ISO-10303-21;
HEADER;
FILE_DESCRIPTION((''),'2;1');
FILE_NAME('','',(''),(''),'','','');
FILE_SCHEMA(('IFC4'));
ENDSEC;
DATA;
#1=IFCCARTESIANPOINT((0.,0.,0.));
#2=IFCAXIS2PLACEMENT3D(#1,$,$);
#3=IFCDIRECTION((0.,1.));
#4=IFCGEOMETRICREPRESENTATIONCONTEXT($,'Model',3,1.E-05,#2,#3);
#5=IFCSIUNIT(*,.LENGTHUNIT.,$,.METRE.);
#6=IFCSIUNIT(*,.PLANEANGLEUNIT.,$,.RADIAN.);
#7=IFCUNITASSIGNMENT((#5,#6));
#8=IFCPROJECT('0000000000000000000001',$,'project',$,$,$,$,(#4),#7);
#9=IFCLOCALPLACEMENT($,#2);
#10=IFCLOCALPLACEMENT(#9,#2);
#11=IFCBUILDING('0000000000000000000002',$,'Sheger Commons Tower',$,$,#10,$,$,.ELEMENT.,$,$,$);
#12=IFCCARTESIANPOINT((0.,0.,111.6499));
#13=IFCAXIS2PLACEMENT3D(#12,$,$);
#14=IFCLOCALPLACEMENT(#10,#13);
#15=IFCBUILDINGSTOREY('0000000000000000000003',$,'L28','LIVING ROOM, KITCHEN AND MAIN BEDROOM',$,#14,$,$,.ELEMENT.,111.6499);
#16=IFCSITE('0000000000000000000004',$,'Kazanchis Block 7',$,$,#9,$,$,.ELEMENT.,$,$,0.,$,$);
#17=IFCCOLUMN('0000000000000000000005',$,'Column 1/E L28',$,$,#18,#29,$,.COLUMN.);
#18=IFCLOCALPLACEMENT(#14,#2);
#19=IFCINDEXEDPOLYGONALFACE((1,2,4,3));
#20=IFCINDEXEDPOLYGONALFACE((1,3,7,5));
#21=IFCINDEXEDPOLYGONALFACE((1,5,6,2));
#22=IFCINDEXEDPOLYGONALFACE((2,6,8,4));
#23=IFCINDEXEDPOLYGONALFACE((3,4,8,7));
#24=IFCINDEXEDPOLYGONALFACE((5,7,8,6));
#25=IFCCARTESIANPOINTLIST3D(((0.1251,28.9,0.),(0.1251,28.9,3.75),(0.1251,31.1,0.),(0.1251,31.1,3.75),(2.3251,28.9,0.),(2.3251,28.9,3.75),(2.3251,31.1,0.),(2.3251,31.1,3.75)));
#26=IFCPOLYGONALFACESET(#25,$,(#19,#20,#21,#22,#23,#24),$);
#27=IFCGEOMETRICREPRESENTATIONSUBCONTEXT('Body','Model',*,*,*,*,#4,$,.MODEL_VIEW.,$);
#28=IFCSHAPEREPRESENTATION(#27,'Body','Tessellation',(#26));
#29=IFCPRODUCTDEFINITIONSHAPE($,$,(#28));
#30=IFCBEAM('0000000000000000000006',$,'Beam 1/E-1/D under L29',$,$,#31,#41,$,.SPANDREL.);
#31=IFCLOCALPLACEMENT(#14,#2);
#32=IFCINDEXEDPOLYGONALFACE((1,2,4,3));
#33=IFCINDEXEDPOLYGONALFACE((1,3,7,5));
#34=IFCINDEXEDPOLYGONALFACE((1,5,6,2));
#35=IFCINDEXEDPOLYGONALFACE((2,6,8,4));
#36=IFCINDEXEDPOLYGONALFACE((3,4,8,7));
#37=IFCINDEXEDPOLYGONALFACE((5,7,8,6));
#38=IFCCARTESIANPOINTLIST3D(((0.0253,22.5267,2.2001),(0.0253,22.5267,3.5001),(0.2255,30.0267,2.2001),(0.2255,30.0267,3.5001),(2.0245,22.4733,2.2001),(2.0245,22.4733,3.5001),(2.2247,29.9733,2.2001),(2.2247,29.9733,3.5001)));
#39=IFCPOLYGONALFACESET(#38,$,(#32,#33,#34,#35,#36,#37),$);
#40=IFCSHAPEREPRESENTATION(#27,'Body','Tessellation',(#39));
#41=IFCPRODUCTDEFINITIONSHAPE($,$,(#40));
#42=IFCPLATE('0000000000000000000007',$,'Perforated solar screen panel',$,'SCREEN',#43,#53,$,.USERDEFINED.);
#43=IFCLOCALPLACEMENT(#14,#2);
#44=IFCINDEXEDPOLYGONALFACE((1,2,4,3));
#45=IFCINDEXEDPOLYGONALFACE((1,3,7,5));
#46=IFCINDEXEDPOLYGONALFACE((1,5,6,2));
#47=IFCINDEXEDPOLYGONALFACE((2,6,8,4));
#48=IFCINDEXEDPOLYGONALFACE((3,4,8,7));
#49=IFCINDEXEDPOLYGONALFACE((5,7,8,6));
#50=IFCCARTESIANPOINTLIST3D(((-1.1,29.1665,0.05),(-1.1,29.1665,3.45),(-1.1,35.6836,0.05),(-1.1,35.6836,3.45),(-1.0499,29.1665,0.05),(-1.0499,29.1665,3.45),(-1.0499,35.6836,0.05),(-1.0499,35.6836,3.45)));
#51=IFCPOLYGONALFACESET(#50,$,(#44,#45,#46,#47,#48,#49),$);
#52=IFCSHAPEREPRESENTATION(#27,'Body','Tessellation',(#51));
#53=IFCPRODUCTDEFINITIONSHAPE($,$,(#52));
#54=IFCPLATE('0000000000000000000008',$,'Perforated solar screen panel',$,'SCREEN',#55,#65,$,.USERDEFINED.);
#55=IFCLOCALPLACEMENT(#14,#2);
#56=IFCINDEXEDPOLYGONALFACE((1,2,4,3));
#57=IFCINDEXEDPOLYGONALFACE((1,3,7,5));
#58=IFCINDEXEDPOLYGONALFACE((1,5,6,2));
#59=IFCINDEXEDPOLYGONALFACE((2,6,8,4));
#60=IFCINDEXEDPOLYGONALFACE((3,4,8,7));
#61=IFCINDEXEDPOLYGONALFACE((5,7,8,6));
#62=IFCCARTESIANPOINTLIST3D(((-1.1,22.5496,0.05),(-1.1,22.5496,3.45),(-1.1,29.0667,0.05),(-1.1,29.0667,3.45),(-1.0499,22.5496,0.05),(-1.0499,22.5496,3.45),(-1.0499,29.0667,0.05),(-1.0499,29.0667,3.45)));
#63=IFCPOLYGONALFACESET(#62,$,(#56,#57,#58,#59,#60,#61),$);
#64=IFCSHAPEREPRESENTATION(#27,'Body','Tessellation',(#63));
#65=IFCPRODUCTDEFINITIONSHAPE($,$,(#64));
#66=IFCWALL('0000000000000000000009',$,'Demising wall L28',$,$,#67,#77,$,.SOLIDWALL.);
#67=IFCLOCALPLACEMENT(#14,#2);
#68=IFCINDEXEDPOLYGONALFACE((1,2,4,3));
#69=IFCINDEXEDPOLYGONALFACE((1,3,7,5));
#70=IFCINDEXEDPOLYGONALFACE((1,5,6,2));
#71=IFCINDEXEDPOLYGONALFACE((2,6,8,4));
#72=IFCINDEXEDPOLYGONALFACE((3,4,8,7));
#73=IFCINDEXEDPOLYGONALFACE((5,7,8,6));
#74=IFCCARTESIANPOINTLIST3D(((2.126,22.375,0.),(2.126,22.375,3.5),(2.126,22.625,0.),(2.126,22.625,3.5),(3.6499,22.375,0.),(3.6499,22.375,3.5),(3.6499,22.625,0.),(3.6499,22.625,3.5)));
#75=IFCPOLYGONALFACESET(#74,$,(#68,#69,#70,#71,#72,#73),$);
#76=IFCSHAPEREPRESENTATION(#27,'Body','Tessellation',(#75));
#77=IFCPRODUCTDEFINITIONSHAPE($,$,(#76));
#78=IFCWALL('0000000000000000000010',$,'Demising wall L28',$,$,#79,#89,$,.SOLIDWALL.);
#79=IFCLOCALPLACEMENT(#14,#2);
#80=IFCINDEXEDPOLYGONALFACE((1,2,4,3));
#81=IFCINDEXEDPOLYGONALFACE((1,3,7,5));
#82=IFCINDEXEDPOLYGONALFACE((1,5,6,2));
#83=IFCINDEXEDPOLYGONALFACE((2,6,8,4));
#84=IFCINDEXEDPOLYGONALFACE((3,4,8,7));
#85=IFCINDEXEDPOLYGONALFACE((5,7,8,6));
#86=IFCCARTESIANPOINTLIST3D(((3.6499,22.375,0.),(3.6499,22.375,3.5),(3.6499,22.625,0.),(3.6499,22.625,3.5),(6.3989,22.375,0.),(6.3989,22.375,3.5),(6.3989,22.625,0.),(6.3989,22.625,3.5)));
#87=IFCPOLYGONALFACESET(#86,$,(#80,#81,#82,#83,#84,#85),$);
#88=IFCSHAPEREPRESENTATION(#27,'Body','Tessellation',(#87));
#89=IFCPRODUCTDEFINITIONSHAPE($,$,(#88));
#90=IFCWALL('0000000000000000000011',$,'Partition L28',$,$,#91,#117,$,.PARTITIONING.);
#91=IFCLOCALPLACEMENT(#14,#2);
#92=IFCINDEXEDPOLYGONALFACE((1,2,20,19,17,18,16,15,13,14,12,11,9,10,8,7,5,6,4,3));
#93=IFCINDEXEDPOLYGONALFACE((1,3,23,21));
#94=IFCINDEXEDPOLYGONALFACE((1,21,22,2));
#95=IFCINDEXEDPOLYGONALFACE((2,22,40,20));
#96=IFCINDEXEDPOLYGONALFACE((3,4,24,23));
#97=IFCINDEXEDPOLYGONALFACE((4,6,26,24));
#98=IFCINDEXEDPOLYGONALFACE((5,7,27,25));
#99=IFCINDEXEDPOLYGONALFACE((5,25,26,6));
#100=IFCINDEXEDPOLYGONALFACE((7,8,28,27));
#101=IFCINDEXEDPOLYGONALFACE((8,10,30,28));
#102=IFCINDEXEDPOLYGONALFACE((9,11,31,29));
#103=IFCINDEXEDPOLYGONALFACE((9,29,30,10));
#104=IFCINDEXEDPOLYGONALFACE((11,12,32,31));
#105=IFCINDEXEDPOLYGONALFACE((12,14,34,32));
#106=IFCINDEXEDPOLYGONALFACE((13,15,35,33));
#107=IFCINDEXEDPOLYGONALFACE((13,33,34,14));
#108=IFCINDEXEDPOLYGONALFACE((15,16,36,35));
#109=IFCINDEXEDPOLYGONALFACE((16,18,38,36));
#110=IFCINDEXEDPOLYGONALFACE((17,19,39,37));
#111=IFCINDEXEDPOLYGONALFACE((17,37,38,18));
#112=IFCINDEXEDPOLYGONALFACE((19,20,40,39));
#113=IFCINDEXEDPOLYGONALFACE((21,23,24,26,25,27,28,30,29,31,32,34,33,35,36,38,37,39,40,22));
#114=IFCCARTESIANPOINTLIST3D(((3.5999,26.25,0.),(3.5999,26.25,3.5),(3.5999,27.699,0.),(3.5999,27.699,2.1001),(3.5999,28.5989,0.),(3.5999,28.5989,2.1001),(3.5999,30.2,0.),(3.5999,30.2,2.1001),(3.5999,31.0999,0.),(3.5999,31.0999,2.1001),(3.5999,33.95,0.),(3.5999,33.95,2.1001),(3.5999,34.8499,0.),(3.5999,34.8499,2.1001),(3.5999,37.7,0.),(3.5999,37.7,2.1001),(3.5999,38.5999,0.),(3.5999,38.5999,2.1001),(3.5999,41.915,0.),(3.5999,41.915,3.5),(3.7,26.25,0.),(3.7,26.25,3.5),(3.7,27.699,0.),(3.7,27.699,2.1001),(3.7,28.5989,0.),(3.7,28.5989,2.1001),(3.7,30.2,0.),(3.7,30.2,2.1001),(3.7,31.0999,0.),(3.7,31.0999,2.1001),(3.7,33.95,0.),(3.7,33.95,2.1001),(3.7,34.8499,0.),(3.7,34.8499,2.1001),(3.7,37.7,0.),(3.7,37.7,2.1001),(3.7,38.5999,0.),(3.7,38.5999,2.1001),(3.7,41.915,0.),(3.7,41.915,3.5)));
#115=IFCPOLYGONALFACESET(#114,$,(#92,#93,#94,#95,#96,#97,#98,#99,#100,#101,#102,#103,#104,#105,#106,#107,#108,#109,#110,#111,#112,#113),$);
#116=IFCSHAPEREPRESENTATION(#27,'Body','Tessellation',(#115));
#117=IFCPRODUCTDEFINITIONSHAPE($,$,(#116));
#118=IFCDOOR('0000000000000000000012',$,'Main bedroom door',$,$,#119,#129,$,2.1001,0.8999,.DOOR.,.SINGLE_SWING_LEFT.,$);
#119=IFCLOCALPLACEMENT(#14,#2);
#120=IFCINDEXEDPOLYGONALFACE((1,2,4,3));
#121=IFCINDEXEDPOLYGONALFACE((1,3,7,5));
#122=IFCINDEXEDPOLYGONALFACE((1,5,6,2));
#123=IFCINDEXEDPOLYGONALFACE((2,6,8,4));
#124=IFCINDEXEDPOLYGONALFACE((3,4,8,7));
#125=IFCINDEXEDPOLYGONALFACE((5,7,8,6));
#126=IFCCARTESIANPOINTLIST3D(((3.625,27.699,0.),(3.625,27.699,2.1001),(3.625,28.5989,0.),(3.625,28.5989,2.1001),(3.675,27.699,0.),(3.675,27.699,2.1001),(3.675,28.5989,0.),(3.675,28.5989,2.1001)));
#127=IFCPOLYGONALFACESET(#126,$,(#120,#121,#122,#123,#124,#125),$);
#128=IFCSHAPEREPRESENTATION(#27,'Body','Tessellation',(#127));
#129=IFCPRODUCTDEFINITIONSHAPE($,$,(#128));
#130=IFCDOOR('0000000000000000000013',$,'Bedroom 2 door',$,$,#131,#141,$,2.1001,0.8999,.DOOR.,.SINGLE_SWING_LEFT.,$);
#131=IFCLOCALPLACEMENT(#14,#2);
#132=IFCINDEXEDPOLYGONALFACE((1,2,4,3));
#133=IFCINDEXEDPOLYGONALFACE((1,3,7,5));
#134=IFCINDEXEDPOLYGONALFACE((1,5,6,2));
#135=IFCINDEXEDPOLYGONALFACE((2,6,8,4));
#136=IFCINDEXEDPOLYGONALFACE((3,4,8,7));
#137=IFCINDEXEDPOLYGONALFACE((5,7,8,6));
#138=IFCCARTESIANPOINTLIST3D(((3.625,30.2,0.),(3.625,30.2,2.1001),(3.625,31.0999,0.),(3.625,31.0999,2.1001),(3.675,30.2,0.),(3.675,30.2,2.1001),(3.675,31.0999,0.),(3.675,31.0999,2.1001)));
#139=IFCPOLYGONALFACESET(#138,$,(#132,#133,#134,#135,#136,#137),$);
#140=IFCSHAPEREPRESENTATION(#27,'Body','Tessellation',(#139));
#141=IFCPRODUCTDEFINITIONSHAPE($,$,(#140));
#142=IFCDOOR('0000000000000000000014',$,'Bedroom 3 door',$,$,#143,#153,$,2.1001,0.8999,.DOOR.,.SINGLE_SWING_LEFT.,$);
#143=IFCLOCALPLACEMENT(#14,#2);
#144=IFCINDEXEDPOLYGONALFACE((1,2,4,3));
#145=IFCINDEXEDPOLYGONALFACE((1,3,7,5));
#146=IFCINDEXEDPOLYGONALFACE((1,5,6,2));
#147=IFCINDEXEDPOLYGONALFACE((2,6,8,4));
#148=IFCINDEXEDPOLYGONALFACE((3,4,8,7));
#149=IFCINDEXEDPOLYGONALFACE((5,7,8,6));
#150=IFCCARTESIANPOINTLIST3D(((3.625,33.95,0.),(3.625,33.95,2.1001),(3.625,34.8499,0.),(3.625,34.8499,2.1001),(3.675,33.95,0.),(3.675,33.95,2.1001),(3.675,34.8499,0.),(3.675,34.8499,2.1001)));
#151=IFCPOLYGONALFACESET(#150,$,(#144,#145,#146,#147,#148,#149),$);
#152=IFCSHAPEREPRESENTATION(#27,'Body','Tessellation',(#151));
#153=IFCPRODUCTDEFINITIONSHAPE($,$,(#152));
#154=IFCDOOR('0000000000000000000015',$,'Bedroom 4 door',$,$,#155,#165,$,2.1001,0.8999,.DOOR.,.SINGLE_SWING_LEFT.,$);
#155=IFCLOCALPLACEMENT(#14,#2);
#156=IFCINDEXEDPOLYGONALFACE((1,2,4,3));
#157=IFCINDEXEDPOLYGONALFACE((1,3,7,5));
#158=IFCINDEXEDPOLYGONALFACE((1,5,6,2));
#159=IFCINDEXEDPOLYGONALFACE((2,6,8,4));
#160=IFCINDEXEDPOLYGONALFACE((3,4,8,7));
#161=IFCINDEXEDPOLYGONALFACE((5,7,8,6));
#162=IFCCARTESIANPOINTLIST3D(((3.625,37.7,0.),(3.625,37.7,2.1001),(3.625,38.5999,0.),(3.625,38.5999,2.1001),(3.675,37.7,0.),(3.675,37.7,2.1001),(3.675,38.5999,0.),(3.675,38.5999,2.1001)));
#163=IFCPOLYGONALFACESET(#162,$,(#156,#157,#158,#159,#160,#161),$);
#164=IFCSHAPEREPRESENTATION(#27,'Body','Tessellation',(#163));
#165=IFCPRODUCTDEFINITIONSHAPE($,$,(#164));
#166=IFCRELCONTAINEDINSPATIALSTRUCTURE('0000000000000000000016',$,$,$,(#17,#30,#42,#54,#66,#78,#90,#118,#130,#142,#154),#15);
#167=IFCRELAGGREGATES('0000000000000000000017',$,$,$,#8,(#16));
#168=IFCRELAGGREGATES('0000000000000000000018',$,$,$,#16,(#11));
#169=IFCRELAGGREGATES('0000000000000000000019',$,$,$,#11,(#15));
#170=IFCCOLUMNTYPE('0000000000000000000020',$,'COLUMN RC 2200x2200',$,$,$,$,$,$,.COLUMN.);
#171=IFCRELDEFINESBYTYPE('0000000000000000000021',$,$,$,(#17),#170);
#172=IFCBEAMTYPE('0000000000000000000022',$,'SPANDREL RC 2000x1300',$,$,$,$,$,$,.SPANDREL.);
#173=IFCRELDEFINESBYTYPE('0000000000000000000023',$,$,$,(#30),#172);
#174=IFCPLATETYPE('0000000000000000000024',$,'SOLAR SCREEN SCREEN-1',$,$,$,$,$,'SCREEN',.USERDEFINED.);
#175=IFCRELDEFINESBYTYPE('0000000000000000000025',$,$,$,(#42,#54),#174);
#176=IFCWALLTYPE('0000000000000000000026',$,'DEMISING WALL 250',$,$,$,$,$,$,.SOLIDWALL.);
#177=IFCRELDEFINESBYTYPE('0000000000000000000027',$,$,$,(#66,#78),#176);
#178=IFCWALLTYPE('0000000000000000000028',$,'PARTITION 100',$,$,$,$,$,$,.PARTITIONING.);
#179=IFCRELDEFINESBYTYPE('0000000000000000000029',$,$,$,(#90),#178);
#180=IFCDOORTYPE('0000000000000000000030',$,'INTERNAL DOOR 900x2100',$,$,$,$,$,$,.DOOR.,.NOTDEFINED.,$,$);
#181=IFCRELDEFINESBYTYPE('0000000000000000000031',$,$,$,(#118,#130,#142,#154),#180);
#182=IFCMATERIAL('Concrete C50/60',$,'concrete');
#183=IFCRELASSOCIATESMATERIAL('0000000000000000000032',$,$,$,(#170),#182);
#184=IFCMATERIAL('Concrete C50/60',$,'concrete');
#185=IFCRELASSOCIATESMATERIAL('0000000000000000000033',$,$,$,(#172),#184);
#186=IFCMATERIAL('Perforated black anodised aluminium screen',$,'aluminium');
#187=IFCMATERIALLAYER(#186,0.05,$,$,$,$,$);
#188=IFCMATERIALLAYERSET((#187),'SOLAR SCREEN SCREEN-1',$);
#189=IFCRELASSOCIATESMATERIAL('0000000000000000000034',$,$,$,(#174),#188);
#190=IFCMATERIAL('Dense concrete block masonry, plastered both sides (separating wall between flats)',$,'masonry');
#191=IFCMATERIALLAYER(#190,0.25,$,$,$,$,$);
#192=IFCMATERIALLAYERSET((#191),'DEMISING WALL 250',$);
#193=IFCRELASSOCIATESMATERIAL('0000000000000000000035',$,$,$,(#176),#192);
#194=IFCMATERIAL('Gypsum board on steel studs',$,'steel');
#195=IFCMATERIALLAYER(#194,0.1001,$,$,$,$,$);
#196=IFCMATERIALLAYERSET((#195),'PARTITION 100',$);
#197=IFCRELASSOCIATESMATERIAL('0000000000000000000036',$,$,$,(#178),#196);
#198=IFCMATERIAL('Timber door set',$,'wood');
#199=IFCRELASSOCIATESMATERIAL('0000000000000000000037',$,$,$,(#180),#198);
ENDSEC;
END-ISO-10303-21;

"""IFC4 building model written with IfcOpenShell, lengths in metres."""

from ifc_helpers import new_model, si_unit, direction, frame, frame_2d, origin, origin_2d, place, context, subcontext, project, spatial, rectangle, extrude, material, layer, layer_set, material_profile, profile_set, type_object, element, fill, save


model = new_model("IFC4")

# Units and contexts
model_context = context("Model", 3, precision=1e-05, world=origin(), true_north=direction((0.0, 1.0)))
body_context = subcontext(model_context, "Body", "Model", "MODEL_VIEW")
ifc_project = project(units=[si_unit("LENGTHUNIT", "METRE"), si_unit("PLANEANGLEUNIT", "RADIAN")], contexts=[model_context])

# Site, building, storey
site_placement = place(None, origin())
site = spatial("IfcSite", under=ifc_project, at=site_placement, Name="Kazanchis Block 7", CompositionType="ELEMENT", RefElevation=0.0)
building_placement = place(site_placement, origin())
building = spatial("IfcBuilding", under=site, at=building_placement, Name="Sheger Commons Tower", CompositionType="ELEMENT")
storey_placement = place(building_placement, frame((0.0, 0.0, 111.6499)))
storey = spatial("IfcBuildingStorey", under=building, at=storey_placement, Name="L28", Description="LIVING ROOM, KITCHEN AND MAIN BEDROOM", CompositionType="ELEMENT", Elevation=111.6499)

# Column
ifc_material_1 = material(Name="Concrete C50/60", Category="concrete")
ifc_material_profile_1 = material_profile(ifc_material_1, rectangle(XDim=2.2, YDim=2.2, at=origin_2d()), Name="RC 2200x2200")
ifc_profile_set_1 = profile_set([ifc_material_profile_1], Name="Concrete C50/60")
column_type = type_object("IfcColumnType", Name="COLUMN RC 2200x2200", PredefinedType="COLUMN", material=ifc_profile_set_1)
column_placement = place(storey_placement, frame((1.2251, 30.0, 0.0), z_axis=(0.0, 0.0, 1.0), x_axis=(1.0, 0.0, 0.0)))
element("IfcColumn", 1, at=column_placement, inside=storey, type_object=column_type, Name="Column 1/E L28", PredefinedType="COLUMN", context=body_context, shape_type="SweptSolid", body=[
    extrude(rectangle(XDim=2.2, YDim=2.2, at=origin_2d()), origin(), (0.0, 0.0, 1.0), 3.75),
])

# Beam
ifc_material_2 = material(Name="Concrete C50/60", Category="concrete")
ifc_material_profile_2 = material_profile(ifc_material_2, rectangle(XDim=2.0, YDim=1.3, at=origin_2d()), Name="RC 2000x1300")
ifc_profile_set_2 = profile_set([ifc_material_profile_2], Name="Concrete C50/60")
beam_type = type_object("IfcBeamType", Name="SPANDREL RC 2000x1300", PredefinedType="SPANDREL", material=ifc_profile_set_2)
beam_placement = place(storey_placement, frame((1.2251, 30.0, 2.8501), z_axis=(-0.026683, -0.999644, 0.0), x_axis=(0.999644, -0.026683, 0.0)))
element("IfcBeam", 2, at=beam_placement, inside=storey, type_object=beam_type, Name="Beam 1/E-1/D under L29", PredefinedType="SPANDREL", context=body_context, shape_type="SweptSolid", body=[
    extrude(rectangle(XDim=2.0, YDim=1.3, at=origin_2d()), origin(), (0.0, 0.0, 1.0), 7.5027),
])

# Plates
ifc_material_3 = material(Name="Perforated black anodised aluminium screen", Category="aluminium")
ifc_layer_1 = layer(ifc_material_3, 0.05)
ifc_layer_set_1 = layer_set([ifc_layer_1], Name="SOLAR SCREEN SCREEN-1")
plate_type = type_object("IfcPlateType", Name="SOLAR SCREEN SCREEN-1", ElementType="SCREEN", PredefinedType="USERDEFINED", material=ifc_layer_set_1)
for number, where, z_axis, x_axis, name in (
    (3, (-1.075, 32.425, 0.05), (0.0, 0.0, 1.0), (0.0, -1.0, 0.0), "Perforated solar screen panel"),
    (4, (-1.075, 25.8081, 0.05), (0.0, 0.0, 1.0), (0.0, -1.0, 0.0), "Perforated solar screen panel"),
):
    element("IfcPlate", number, at=place(storey_placement, frame(where, z_axis=z_axis, x_axis=x_axis)), inside=storey, type_object=plate_type, Name=name, ObjectType="SCREEN", PredefinedType="USERDEFINED", context=body_context, shape_type="SweptSolid", body=[
        extrude(rectangle(XDim=6.5171, YDim=0.05, at=origin_2d()), origin(), (0.0, 0.0, 1.0), 3.3999),
    ])

# Walls
ifc_material_4 = material(Name="Dense concrete block masonry, plastered both sides (separating wall between flats)", Category="masonry")
ifc_layer_2 = layer(ifc_material_4, 0.25)
ifc_layer_set_2 = layer_set([ifc_layer_2], Name="DEMISING WALL 250")
wall_type_1 = type_object("IfcWallType", Name="DEMISING WALL 250", PredefinedType="SOLIDWALL", material=ifc_layer_set_2)
wall_1_placement = place(storey_placement, frame((2.126, 22.5, 0.0), z_axis=(0.0, 0.0, 1.0), x_axis=(1.0, 0.0, 0.0)))
element("IfcWall", 5, at=wall_1_placement, inside=storey, type_object=wall_type_1, Name="Demising wall L28", PredefinedType="SOLIDWALL", context=body_context, shape_type="SweptSolid", body=[
    extrude(rectangle(XDim=1.5239, YDim=0.25, at=frame_2d((0.762, 0.0))), origin(), (0.0, 0.0, 1.0), 3.5),
])
wall_2_placement = place(storey_placement, frame((3.6499, 22.5, 0.0), z_axis=(0.0, 0.0, 1.0), x_axis=(1.0, 0.0, 0.0)))
element("IfcWall", 6, at=wall_2_placement, inside=storey, type_object=wall_type_1, Name="Demising wall L28", PredefinedType="SOLIDWALL", context=body_context, shape_type="SweptSolid", body=[
    extrude(rectangle(XDim=2.749, YDim=0.25, at=frame_2d((1.3745, 0.0))), origin(), (0.0, 0.0, 1.0), 3.5),
])

# Wall, openings, doors
ifc_material_5 = material(Name="Gypsum board on steel studs", Category="steel")
ifc_layer_3 = layer(ifc_material_5, 0.1001)
ifc_layer_set_3 = layer_set([ifc_layer_3], Name="PARTITION 100")
wall_type_2 = type_object("IfcWallType", Name="PARTITION 100", PredefinedType="PARTITIONING", material=ifc_layer_set_3)
wall_3_placement = place(storey_placement, frame((3.6499, 26.25, 0.0), z_axis=(0.0, 0.0, 1.0), x_axis=(0.0, 1.0, 0.0)))
wall_3 = element("IfcWall", 7, at=wall_3_placement, inside=storey, type_object=wall_type_2, Name="Partition L28", PredefinedType="PARTITIONING", context=body_context, shape_type="SweptSolid", body=[
    extrude(rectangle(XDim=15.665, YDim=0.1001, at=frame_2d((7.8325, 0.0))), origin(), (0.0, 0.0, 1.0), 3.5),
])
opening_1_placement = place(wall_3_placement, frame((1.449, 0.0, 0.0)))
opening_1 = element("IfcOpeningElement", 8, at=opening_1_placement, cuts=wall_3, PredefinedType="OPENING", context=body_context, shape_type="SweptSolid", body=[
    extrude(rectangle(XDim=0.8999, YDim=2.1001, at=frame_2d((0.45, 1.05))), frame((0.0, 0.0601, 0.0), z_axis=(0.0, -1.0, 0.0), x_axis=(1.0, 0.0, 0.0)), (0.0, 0.0, 1.0), 0.1201),
])
opening_2_placement = place(wall_3_placement, frame((3.95, 0.0, 0.0)))
opening_2 = element("IfcOpeningElement", 9, at=opening_2_placement, cuts=wall_3, PredefinedType="OPENING", context=body_context, shape_type="SweptSolid", body=[
    extrude(rectangle(XDim=0.8999, YDim=2.1001, at=frame_2d((0.45, 1.05))), frame((0.0, 0.0601, 0.0), z_axis=(0.0, -1.0, 0.0), x_axis=(1.0, 0.0, 0.0)), (0.0, 0.0, 1.0), 0.1201),
])
opening_3_placement = place(wall_3_placement, frame((7.7, 0.0, 0.0)))
opening_3 = element("IfcOpeningElement", 10, at=opening_3_placement, cuts=wall_3, PredefinedType="OPENING", context=body_context, shape_type="SweptSolid", body=[
    extrude(rectangle(XDim=0.8999, YDim=2.1001, at=frame_2d((0.45, 1.05))), frame((0.0, 0.0601, 0.0), z_axis=(0.0, -1.0, 0.0), x_axis=(1.0, 0.0, 0.0)), (0.0, 0.0, 1.0), 0.1201),
])
opening_4_placement = place(wall_3_placement, frame((11.45, 0.0, 0.0)))
opening_4 = element("IfcOpeningElement", 11, at=opening_4_placement, cuts=wall_3, PredefinedType="OPENING", context=body_context, shape_type="SweptSolid", body=[
    extrude(rectangle(XDim=0.8999, YDim=2.1001, at=frame_2d((0.45, 1.05))), frame((0.0, 0.0601, 0.0), z_axis=(0.0, -1.0, 0.0), x_axis=(1.0, 0.0, 0.0)), (0.0, 0.0, 1.0), 0.1201),
])
ifc_material_6 = material(Name="Timber door set", Category="wood")
door_type = type_object("IfcDoorType", Name="INTERNAL DOOR 900x2100", OperationType="NOTDEFINED", PredefinedType="DOOR", material=ifc_material_6)
door_1_placement = place(opening_1_placement, origin())
door_1 = element("IfcDoor", 12, at=door_1_placement, inside=storey, type_object=door_type, Name="Main bedroom door", OperationType="SINGLE_SWING_LEFT", OverallHeight=2.1001, OverallWidth=0.8999, PredefinedType="DOOR", context=body_context, shape_type="SweptSolid", body=[
    extrude(rectangle(XDim=0.8999, YDim=2.1001, at=frame_2d((0.45, 1.05))), frame((0.0, 0.0249, 0.0), z_axis=(0.0, -1.0, 0.0), x_axis=(1.0, 0.0, 0.0)), (0.0, 0.0, 1.0), 0.05),
])
fill(opening_1, door_1)
door_2_placement = place(opening_2_placement, origin())
door_2 = element("IfcDoor", 13, at=door_2_placement, inside=storey, type_object=door_type, Name="Bedroom 2 door", OperationType="SINGLE_SWING_LEFT", OverallHeight=2.1001, OverallWidth=0.8999, PredefinedType="DOOR", context=body_context, shape_type="SweptSolid", body=[
    extrude(rectangle(XDim=0.8999, YDim=2.1001, at=frame_2d((0.45, 1.05))), frame((0.0, 0.0249, 0.0), z_axis=(0.0, -1.0, 0.0), x_axis=(1.0, 0.0, 0.0)), (0.0, 0.0, 1.0), 0.05),
])
fill(opening_2, door_2)
door_3_placement = place(opening_3_placement, origin())
door_3 = element("IfcDoor", 14, at=door_3_placement, inside=storey, type_object=door_type, Name="Bedroom 3 door", OperationType="SINGLE_SWING_LEFT", OverallHeight=2.1001, OverallWidth=0.8999, PredefinedType="DOOR", context=body_context, shape_type="SweptSolid", body=[
    extrude(rectangle(XDim=0.8999, YDim=2.1001, at=frame_2d((0.45, 1.05))), frame((0.0, 0.0249, 0.0), z_axis=(0.0, -1.0, 0.0), x_axis=(1.0, 0.0, 0.0)), (0.0, 0.0, 1.0), 0.05),
])
fill(opening_3, door_3)
door_4_placement = place(opening_4_placement, origin())
door_4 = element("IfcDoor", 15, at=door_4_placement, inside=storey, type_object=door_type, Name="Bedroom 4 door", OperationType="SINGLE_SWING_LEFT", OverallHeight=2.1001, OverallWidth=0.8999, PredefinedType="DOOR", context=body_context, shape_type="SweptSolid", body=[
    extrude(rectangle(XDim=0.8999, YDim=2.1001, at=frame_2d((0.45, 1.05))), frame((0.0, 0.0249, 0.0), z_axis=(0.0, -1.0, 0.0), x_axis=(1.0, 0.0, 0.0)), (0.0, 0.0, 1.0), 0.05),
])
fill(opening_4, door_4)

save(model, "model.ifc")
